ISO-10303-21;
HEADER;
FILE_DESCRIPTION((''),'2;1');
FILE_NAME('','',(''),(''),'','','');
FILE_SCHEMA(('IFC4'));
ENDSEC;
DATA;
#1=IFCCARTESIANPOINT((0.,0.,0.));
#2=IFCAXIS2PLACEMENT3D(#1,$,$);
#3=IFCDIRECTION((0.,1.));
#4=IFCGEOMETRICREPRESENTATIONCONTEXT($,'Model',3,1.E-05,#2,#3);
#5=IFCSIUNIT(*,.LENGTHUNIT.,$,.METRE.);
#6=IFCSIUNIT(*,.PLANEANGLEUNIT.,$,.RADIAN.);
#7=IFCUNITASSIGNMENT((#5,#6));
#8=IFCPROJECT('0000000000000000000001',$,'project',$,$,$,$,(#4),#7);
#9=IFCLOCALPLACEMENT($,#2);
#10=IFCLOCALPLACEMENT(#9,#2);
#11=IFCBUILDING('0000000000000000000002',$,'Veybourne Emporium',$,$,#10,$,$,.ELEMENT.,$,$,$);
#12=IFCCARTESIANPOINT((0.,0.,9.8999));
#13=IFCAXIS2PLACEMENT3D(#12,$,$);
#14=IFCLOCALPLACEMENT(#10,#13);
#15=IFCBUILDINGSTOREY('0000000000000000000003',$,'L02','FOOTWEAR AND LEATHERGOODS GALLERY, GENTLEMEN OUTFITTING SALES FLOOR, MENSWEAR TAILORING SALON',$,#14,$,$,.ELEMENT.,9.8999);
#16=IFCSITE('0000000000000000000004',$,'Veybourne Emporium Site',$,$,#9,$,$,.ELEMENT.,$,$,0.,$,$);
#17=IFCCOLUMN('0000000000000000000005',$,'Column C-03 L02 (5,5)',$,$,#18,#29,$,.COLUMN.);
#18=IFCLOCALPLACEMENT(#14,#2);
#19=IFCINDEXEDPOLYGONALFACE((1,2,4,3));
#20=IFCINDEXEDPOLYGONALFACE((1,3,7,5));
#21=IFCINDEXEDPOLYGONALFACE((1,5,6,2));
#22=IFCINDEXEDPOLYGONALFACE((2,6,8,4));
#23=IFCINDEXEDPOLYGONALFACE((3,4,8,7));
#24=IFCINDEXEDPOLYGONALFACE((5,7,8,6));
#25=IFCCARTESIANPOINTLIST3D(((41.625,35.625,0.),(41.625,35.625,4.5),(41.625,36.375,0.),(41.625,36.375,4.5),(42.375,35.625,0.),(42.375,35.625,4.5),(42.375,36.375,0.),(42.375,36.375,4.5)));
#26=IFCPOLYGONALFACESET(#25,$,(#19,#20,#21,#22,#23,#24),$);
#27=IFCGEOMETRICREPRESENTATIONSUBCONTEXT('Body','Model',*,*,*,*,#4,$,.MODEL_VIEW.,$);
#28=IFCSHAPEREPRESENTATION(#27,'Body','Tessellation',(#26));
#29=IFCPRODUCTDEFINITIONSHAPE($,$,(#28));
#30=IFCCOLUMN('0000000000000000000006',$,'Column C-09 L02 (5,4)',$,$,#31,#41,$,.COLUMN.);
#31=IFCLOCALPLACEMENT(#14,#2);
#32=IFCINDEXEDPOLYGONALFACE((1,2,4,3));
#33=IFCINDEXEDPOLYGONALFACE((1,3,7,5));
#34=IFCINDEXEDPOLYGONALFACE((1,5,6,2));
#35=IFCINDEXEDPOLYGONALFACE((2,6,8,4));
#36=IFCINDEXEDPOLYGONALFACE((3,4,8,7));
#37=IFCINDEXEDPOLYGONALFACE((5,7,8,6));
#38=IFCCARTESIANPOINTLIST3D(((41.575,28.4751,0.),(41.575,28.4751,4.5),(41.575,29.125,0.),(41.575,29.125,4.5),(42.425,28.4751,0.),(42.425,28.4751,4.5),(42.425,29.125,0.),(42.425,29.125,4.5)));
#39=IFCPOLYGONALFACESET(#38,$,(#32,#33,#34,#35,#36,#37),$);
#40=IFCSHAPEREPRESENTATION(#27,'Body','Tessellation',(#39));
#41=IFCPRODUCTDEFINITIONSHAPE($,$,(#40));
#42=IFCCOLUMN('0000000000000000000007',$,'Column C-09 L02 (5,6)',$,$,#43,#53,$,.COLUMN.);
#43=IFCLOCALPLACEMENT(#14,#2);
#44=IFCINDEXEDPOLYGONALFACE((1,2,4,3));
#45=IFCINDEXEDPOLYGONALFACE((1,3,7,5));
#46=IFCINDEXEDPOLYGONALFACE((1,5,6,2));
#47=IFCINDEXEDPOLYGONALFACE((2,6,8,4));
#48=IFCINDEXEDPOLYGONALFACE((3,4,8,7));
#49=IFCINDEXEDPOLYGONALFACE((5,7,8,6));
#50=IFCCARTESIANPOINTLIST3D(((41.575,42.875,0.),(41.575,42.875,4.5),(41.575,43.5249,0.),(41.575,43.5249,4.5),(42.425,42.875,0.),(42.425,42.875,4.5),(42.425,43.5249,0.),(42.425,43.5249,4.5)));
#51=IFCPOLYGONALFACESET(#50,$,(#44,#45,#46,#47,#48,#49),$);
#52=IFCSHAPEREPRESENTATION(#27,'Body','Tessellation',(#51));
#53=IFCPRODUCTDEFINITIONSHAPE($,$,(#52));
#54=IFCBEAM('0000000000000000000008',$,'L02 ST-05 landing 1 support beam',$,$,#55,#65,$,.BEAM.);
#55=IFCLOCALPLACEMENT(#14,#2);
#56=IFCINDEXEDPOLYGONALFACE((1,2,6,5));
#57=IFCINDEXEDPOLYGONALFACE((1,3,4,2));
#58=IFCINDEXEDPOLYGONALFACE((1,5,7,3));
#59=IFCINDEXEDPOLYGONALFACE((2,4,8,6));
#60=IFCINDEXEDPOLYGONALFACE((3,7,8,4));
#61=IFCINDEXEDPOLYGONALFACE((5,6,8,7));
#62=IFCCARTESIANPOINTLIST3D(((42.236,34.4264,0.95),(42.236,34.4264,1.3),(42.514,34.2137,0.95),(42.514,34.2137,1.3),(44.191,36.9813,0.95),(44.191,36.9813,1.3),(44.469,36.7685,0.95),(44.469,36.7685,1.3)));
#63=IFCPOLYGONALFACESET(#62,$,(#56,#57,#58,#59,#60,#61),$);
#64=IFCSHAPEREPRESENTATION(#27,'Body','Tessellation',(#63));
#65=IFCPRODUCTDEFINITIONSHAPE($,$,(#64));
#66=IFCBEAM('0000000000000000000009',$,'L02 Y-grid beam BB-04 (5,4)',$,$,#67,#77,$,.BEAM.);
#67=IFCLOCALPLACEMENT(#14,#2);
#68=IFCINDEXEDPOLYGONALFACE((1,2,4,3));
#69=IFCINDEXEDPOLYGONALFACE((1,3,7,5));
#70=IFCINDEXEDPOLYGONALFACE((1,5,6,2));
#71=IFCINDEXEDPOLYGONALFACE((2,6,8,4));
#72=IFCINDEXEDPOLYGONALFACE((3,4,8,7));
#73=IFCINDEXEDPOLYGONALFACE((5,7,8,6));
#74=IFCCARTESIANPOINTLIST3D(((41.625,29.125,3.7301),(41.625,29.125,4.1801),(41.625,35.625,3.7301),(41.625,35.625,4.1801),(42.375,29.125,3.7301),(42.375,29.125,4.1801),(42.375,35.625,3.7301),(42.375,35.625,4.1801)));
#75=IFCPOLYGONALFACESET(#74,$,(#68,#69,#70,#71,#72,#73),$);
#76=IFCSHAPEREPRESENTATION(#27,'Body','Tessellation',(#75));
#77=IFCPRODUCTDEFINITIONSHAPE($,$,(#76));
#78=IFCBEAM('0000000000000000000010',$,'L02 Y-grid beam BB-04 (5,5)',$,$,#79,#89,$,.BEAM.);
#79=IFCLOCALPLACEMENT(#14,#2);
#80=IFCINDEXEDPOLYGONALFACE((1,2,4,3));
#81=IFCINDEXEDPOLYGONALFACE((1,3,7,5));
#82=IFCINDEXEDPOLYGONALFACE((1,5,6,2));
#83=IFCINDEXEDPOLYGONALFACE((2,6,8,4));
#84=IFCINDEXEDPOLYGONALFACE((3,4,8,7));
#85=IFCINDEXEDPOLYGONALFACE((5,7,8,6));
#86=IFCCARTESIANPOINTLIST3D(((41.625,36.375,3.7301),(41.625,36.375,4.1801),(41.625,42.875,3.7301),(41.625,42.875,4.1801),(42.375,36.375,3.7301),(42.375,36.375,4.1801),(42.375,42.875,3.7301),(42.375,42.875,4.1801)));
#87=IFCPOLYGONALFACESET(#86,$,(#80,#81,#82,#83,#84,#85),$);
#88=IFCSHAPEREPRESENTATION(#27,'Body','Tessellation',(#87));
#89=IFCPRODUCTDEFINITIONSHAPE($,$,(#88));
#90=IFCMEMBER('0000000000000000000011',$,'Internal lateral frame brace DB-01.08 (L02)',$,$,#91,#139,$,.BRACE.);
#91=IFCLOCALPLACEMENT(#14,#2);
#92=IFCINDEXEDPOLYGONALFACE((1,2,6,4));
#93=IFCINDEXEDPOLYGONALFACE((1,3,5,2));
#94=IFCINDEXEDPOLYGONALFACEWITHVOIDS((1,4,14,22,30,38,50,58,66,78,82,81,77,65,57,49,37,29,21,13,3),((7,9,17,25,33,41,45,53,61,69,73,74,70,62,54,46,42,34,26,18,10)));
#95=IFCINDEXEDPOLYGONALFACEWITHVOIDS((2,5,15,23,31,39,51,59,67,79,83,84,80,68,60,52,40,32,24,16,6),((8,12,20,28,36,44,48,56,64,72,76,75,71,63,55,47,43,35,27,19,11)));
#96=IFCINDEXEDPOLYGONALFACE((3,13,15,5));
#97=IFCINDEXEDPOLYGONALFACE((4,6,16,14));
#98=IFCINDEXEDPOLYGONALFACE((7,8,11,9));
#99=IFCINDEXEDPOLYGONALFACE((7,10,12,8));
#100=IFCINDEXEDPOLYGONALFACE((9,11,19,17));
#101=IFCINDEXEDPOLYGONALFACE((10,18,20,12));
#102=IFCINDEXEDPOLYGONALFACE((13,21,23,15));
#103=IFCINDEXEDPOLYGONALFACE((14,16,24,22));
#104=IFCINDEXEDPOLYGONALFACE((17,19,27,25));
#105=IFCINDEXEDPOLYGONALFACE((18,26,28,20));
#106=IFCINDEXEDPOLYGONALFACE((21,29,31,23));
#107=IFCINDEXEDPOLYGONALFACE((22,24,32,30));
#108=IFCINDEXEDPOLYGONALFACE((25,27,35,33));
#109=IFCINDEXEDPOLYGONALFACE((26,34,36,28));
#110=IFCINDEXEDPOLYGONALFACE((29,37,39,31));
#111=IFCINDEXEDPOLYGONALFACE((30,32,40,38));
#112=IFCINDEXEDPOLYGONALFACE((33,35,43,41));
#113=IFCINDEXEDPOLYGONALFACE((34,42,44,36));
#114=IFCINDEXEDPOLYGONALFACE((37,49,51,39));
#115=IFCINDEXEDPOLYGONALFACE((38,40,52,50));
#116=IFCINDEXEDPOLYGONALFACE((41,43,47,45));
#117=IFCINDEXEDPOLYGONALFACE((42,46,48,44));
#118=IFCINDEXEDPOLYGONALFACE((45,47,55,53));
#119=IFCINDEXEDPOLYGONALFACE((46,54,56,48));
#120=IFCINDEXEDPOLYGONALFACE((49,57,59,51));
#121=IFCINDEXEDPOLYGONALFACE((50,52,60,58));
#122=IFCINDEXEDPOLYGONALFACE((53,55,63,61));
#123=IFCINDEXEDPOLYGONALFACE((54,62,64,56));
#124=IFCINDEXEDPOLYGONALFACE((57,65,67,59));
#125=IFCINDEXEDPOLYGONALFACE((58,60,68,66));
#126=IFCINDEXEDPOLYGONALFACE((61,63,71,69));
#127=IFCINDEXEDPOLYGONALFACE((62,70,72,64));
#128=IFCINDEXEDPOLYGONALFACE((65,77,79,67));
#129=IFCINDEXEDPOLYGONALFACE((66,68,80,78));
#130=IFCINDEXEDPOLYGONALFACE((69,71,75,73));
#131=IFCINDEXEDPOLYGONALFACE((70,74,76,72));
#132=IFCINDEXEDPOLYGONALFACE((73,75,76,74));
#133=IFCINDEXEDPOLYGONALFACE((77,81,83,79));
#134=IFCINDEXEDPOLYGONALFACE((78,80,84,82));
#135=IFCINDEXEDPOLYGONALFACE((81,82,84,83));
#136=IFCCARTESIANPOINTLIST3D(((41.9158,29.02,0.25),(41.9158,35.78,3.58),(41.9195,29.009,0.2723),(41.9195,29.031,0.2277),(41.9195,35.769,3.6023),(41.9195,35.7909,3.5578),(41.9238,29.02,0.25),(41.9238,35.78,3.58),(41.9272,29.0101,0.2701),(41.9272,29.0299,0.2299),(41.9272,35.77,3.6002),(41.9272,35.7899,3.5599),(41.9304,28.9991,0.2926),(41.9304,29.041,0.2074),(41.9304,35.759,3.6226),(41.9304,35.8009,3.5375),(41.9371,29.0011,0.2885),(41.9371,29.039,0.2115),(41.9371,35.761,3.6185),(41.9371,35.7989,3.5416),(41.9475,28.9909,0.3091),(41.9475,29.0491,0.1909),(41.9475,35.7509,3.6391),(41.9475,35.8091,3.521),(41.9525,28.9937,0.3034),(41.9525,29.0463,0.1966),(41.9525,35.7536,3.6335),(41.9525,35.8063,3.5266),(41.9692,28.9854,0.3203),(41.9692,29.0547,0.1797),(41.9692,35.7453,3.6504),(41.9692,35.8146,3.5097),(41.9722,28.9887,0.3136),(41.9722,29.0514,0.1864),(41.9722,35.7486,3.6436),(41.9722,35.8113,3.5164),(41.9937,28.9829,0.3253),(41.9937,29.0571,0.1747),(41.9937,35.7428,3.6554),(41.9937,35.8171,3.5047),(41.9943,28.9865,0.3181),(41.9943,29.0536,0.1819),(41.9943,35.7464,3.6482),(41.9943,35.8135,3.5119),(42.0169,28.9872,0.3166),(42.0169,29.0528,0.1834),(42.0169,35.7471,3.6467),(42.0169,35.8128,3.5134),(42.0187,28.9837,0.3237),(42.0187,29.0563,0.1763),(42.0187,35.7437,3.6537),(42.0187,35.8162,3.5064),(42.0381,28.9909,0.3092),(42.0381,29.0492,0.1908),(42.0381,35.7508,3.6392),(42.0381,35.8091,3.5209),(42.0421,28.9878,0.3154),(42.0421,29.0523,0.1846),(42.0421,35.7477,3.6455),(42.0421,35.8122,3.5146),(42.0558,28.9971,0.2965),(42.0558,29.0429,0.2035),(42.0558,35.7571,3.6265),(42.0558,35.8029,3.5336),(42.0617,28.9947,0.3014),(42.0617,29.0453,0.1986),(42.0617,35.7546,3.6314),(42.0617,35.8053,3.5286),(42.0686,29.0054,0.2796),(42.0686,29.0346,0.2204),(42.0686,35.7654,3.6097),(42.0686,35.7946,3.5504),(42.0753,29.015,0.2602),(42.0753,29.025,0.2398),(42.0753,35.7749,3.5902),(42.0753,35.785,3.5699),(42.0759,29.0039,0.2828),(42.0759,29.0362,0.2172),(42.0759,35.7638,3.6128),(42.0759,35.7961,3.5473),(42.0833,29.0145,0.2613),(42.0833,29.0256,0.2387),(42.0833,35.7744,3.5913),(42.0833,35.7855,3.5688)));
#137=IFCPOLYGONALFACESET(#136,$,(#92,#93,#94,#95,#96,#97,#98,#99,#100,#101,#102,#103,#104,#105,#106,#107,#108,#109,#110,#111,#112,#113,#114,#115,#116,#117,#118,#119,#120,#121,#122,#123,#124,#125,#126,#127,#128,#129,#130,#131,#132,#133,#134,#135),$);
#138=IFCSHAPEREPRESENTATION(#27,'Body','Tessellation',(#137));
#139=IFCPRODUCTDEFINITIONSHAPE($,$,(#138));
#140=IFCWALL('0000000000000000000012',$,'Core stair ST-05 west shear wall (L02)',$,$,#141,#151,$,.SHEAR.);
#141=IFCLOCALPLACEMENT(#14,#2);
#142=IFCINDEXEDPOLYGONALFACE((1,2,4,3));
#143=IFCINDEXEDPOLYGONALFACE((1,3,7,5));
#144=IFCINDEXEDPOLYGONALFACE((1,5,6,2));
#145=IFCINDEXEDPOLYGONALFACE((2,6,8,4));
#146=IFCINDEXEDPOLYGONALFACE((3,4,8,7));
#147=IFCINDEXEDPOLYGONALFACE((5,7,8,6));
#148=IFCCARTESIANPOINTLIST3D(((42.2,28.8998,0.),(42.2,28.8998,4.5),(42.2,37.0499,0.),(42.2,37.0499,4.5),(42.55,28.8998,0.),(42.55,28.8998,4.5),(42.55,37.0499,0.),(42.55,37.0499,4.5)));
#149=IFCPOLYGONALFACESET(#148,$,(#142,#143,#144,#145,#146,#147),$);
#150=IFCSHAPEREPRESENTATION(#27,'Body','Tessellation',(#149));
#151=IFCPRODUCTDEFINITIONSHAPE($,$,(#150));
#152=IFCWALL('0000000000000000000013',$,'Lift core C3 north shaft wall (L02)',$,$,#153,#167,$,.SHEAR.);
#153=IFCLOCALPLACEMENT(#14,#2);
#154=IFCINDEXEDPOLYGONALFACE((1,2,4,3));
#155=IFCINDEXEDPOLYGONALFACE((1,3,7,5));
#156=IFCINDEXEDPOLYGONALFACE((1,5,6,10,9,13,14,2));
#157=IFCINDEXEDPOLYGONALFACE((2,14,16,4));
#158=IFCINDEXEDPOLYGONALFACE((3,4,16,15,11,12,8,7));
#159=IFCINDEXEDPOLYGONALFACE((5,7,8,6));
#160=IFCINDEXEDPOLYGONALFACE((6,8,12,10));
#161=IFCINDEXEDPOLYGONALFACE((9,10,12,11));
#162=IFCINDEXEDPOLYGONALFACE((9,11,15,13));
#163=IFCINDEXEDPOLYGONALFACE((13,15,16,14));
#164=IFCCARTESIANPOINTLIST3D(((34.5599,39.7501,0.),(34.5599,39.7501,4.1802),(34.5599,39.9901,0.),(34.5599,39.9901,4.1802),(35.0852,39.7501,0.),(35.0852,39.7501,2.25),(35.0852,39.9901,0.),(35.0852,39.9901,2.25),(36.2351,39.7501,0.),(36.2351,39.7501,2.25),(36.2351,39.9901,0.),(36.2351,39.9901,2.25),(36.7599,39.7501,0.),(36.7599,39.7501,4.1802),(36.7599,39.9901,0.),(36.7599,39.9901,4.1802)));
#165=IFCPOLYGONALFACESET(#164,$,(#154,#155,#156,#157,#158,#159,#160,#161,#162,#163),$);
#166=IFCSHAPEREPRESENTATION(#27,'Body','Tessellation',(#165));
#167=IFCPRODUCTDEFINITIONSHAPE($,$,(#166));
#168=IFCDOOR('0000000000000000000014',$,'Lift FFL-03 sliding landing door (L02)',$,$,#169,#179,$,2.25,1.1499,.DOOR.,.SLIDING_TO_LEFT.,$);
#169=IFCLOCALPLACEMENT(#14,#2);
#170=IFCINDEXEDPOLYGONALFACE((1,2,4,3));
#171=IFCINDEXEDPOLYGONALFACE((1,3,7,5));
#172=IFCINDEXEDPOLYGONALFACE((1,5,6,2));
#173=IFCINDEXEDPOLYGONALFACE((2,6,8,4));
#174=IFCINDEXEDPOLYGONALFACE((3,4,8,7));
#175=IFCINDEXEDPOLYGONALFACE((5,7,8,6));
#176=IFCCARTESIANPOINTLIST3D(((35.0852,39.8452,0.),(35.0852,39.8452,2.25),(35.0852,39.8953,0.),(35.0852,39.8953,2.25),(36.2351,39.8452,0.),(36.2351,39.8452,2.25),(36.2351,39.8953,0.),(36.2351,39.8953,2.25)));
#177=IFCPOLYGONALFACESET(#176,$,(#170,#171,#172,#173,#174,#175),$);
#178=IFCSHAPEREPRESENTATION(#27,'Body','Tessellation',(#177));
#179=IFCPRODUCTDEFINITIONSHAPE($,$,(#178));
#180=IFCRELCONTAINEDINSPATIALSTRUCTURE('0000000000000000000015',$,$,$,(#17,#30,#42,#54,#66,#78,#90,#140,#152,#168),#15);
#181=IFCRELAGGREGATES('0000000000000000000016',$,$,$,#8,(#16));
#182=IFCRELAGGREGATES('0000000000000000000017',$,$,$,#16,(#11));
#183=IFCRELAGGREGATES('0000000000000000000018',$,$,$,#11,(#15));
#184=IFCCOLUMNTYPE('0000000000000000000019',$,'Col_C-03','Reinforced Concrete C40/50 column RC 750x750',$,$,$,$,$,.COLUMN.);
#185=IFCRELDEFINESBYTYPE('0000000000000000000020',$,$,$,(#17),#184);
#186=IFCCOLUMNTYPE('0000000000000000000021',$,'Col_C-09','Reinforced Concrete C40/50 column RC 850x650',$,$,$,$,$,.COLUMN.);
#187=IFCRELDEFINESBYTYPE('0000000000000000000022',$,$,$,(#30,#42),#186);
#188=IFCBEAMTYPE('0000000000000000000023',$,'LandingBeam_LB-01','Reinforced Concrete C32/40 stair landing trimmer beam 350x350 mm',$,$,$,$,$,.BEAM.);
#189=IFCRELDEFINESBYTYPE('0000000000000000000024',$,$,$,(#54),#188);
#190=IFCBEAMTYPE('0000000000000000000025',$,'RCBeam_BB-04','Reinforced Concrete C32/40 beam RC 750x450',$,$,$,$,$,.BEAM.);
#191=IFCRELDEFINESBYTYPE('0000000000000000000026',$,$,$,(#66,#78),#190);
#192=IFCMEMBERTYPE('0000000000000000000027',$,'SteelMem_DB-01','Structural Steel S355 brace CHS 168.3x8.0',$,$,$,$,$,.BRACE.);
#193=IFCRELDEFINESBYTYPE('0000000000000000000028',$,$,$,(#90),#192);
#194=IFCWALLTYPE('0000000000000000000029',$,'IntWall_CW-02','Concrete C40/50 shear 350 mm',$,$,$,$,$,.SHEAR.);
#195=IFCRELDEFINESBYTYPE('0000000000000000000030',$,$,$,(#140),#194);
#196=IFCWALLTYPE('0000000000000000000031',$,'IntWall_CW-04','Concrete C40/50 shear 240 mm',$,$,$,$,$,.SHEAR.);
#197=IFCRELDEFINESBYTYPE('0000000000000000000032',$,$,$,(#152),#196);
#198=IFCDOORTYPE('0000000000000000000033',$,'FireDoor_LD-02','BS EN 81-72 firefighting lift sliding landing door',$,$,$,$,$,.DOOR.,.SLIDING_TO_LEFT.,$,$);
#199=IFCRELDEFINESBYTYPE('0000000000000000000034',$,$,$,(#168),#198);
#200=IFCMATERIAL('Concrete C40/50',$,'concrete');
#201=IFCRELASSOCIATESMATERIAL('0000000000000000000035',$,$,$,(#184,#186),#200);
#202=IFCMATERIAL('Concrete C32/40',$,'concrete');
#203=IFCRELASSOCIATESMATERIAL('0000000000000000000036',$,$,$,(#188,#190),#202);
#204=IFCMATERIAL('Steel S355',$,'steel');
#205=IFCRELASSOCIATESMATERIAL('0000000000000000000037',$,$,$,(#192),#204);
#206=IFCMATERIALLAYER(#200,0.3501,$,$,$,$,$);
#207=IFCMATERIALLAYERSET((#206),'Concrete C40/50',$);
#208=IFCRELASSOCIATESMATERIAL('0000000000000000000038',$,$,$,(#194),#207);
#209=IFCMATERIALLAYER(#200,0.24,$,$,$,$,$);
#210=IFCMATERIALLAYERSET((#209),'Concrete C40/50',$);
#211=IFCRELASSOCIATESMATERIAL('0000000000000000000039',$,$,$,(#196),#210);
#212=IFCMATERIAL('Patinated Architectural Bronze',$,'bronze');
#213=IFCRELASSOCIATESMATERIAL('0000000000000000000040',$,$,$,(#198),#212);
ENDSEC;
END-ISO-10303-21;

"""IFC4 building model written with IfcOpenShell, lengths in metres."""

from ifc_helpers import new_model, si_unit, direction, frame, frame_2d, origin, origin_2d, place, context, subcontext, project, spatial, rectangle, hollow_circle, extrude, material, layer, layer_set, material_profile, profile_set, type_object, element, fill, save


model = new_model("IFC4")

# Units and contexts
model_context = context("Model", 3, precision=1e-05, world=origin(), true_north=direction((0.0, 1.0)))
body_context = subcontext(model_context, "Body", "Model", "MODEL_VIEW")
ifc_project = project(units=[si_unit("LENGTHUNIT", "METRE"), si_unit("PLANEANGLEUNIT", "RADIAN")], contexts=[model_context])

# Site, building, storey
site_placement = place(None, origin())
site = spatial("IfcSite", under=ifc_project, at=site_placement, Name="Veybourne Emporium Site", CompositionType="ELEMENT", RefElevation=0.0)
building_placement = place(site_placement, origin())
building = spatial("IfcBuilding", under=site, at=building_placement, Name="Veybourne Emporium", CompositionType="ELEMENT")
storey_placement = place(building_placement, frame((0.0, 0.0, 9.8999)))
storey = spatial("IfcBuildingStorey", under=building, at=storey_placement, Name="L02", Description="FOOTWEAR AND LEATHERGOODS GALLERY, GENTLEMEN OUTFITTING SALES FLOOR, MENSWEAR TAILORING SALON", CompositionType="ELEMENT", Elevation=9.8999)

# Columns
ifc_material_1 = material(Name="Concrete C40/50", Category="concrete")
ifc_material_profile_1 = material_profile(ifc_material_1, rectangle(XDim=0.75, YDim=0.75, at=origin_2d()), Name="RC 750x750")
ifc_profile_set_1 = profile_set([ifc_material_profile_1], Name="Concrete C40/50")
column_type_1 = type_object("IfcColumnType", Name="Col_C-03", Description="Reinforced Concrete C40/50 column RC 750x750", PredefinedType="COLUMN", material=ifc_profile_set_1)
column_placement = place(storey_placement, frame((42.0, 36.0, 0.0), z_axis=(0.0, 0.0, 1.0), x_axis=(1.0, 0.0, 0.0)))
element("IfcColumn", 1, at=column_placement, inside=storey, type_object=column_type_1, Name="Column C-03 L02 (5,5)", PredefinedType="COLUMN", context=body_context, shape_type="SweptSolid", body=[
    extrude(rectangle(XDim=0.75, YDim=0.75, at=origin_2d()), origin(), (0.0, 0.0, 1.0), 4.5),
])
ifc_material_profile_2 = material_profile(ifc_material_1, rectangle(XDim=0.8501, YDim=0.6499, at=origin_2d()), Name="RC 850x650")
ifc_profile_set_2 = profile_set([ifc_material_profile_2], Name="Concrete C40/50")
column_type_2 = type_object("IfcColumnType", Name="Col_C-09", Description="Reinforced Concrete C40/50 column RC 850x650", PredefinedType="COLUMN", material=ifc_profile_set_2)
for number, where, z_axis, x_axis, name in (
    (2, (42.0, 28.8, 0.0), (0.0, 0.0, 1.0), (1.0, 0.0, 0.0), "Column C-09 L02 (5,4)"),
    (3, (42.0, 43.2, 0.0), (0.0, 0.0, 1.0), (1.0, 0.0, 0.0), "Column C-09 L02 (5,6)"),
):
    element("IfcColumn", number, at=place(storey_placement, frame(where, z_axis=z_axis, x_axis=x_axis)), inside=storey, type_object=column_type_2, Name=name, PredefinedType="COLUMN", context=body_context, shape_type="SweptSolid", body=[
        extrude(rectangle(XDim=0.8501, YDim=0.6499, at=origin_2d()), origin(), (0.0, 0.0, 1.0), 4.5),
    ])

# Beams
ifc_material_2 = material(Name="Concrete C32/40", Category="concrete")
ifc_material_profile_3 = material_profile(ifc_material_2, rectangle(XDim=0.3501, YDim=0.3501, at=origin_2d()), Name="RC 350x350")
ifc_profile_set_3 = profile_set([ifc_material_profile_3], Name="Concrete C32/40")
beam_type_1 = type_object("IfcBeamType", Name="LandingBeam_LB-01", Description="Reinforced Concrete C32/40 stair landing trimmer beam 350x350 mm", PredefinedType="BEAM", material=ifc_profile_set_3)
beam_placement = place(storey_placement, frame((42.375, 34.3201, 1.125), z_axis=(0.607706, 0.794162, 0.0), x_axis=(-0.794162, 0.607706, 0.0)))
element("IfcBeam", 4, at=beam_placement, inside=storey, type_object=beam_type_1, Name="L02 ST-05 landing 1 support beam", PredefinedType="BEAM", context=body_context, shape_type="SweptSolid", body=[
    extrude(rectangle(XDim=0.3501, YDim=0.3501, at=origin_2d()), origin(), (0.0, 0.0, 1.0), 3.217),
])
ifc_material_profile_4 = material_profile(ifc_material_2, rectangle(XDim=0.75, YDim=0.45, at=origin_2d()), Name="RC 750x450")
ifc_profile_set_4 = profile_set([ifc_material_profile_4], Name="Concrete C32/40")
beam_type_2 = type_object("IfcBeamType", Name="RCBeam_BB-04", Description="Reinforced Concrete C32/40 beam RC 750x450", PredefinedType="BEAM", material=ifc_profile_set_4)
for number, where, z_axis, x_axis, name in (
    (5, (42.0, 29.125, 3.9551), (0.0, 1.0, 0.0), (-1.0, 0.0, 0.0), "L02 Y-grid beam BB-04 (5,4)"),
    (6, (42.0, 36.375, 3.9551), (0.0, 1.0, 0.0), (-1.0, 0.0, 0.0), "L02 Y-grid beam BB-04 (5,5)"),
):
    element("IfcBeam", number, at=place(storey_placement, frame(where, z_axis=z_axis, x_axis=x_axis)), inside=storey, type_object=beam_type_2, Name=name, PredefinedType="BEAM", context=body_context, shape_type="SweptSolid", body=[
        extrude(rectangle(XDim=0.75, YDim=0.45, at=origin_2d()), origin(), (0.0, 0.0, 1.0), 6.5),
    ])

# Member
ifc_material_3 = material(Name="Steel S355", Category="steel")
ifc_material_profile_5 = material_profile(ifc_material_3, hollow_circle(Radius=0.0842, WallThickness=0.0081, at=origin_2d()), Name="CHS 168.3x8.0")
ifc_profile_set_5 = profile_set([ifc_material_profile_5], Name="Steel S355")
member_type = type_object("IfcMemberType", Name="SteelMem_DB-01", Description="Structural Steel S355 brace CHS 168.3x8.0", PredefinedType="BRACE", material=ifc_profile_set_5)
member_placement = place(storey_placement, frame((42.0, 29.02, 0.25), z_axis=(0.0, 0.897062, 0.441905), x_axis=(-1.0, 0.0, 0.0)))
element("IfcMember", 7, at=member_placement, inside=storey, type_object=member_type, Name="Internal lateral frame brace DB-01.08 (L02)", PredefinedType="BRACE", context=body_context, shape_type="SweptSolid", body=[
    extrude(hollow_circle(Radius=0.0842, WallThickness=0.0081, at=origin_2d()), origin(), (0.0, 0.0, 1.0), 7.5356),
])

# Wall
ifc_layer_1 = layer(ifc_material_1, 0.3501)
ifc_layer_set_1 = layer_set([ifc_layer_1], Name="Concrete C40/50")
wall_type_1 = type_object("IfcWallType", Name="IntWall_CW-02", Description="Concrete C40/50 shear 350 mm", PredefinedType="SHEAR", material=ifc_layer_set_1)
wall_1_placement = place(storey_placement, frame((42.375, 37.05, 0.0), z_axis=(0.0, 0.0, 1.0), x_axis=(0.0, -1.0, 0.0)))
element("IfcWall", 8, at=wall_1_placement, inside=storey, type_object=wall_type_1, Name="Core stair ST-05 west shear wall (L02)", PredefinedType="SHEAR", context=body_context, shape_type="SweptSolid", body=[
    extrude(rectangle(XDim=8.1501, YDim=0.3501, at=frame_2d((4.0752, 0.0))), origin(), (0.0, 0.0, 1.0), 4.5),
])

# Wall, opening, door
ifc_layer_2 = layer(ifc_material_1, 0.24)
ifc_layer_set_2 = layer_set([ifc_layer_2], Name="Concrete C40/50")
wall_type_2 = type_object("IfcWallType", Name="IntWall_CW-04", Description="Concrete C40/50 shear 240 mm", PredefinedType="SHEAR", material=ifc_layer_set_2)
wall_2_placement = place(storey_placement, frame((36.76, 39.8701, 0.0), z_axis=(0.0, 0.0, 1.0), x_axis=(-1.0, 0.0, 0.0)))
wall_2 = element("IfcWall", 9, at=wall_2_placement, inside=storey, type_object=wall_type_2, Name="Lift core C3 north shaft wall (L02)", PredefinedType="SHEAR", context=body_context, shape_type="SweptSolid", body=[
    extrude(rectangle(XDim=2.2, YDim=0.24, at=frame_2d((1.1001, 0.0))), origin(), (0.0, 0.0, 1.0), 4.1802),
])
opening_1_placement = place(wall_2_placement, frame((0.5249, 0.0, 0.0)))
opening_1 = element("IfcOpeningElement", 10, at=opening_1_placement, cuts=wall_2, PredefinedType="OPENING", context=body_context, shape_type="SweptSolid", body=[
    extrude(rectangle(XDim=1.1499, YDim=2.25, at=frame_2d((0.575, 1.125))), frame((0.0, 0.1401, 0.0), z_axis=(0.0, -1.0, 0.0), x_axis=(1.0, 0.0, 0.0)), (0.0, 0.0, 1.0), 0.28),
])
ifc_material_4 = material(Name="Patinated Architectural Bronze", Category="bronze")
door_type_1 = type_object("IfcDoorType", Name="FireDoor_LD-02", Description="BS EN 81-72 firefighting lift sliding landing door", OperationType="SLIDING_TO_LEFT", PredefinedType="DOOR", material=ifc_material_4)
door_1_placement = place(opening_1_placement, origin())
door_1 = element("IfcDoor", 11, at=door_1_placement, inside=storey, type_object=door_type_1, Name="Lift FFL-03 sliding landing door (L02)", OperationType="SLIDING_TO_LEFT", OverallHeight=2.25, OverallWidth=1.1499, PredefinedType="DOOR", context=body_context, shape_type="SweptSolid", body=[
    extrude(rectangle(XDim=1.1499, YDim=2.25, at=frame_2d((0.575, 1.125))), frame((0.0, 0.0249, 0.0), z_axis=(0.0, -1.0, 0.0), x_axis=(1.0, 0.0, 0.0)), (0.0, 0.0, 1.0), 0.05),
])
fill(opening_1, door_1)

save(model, "model.ifc")
